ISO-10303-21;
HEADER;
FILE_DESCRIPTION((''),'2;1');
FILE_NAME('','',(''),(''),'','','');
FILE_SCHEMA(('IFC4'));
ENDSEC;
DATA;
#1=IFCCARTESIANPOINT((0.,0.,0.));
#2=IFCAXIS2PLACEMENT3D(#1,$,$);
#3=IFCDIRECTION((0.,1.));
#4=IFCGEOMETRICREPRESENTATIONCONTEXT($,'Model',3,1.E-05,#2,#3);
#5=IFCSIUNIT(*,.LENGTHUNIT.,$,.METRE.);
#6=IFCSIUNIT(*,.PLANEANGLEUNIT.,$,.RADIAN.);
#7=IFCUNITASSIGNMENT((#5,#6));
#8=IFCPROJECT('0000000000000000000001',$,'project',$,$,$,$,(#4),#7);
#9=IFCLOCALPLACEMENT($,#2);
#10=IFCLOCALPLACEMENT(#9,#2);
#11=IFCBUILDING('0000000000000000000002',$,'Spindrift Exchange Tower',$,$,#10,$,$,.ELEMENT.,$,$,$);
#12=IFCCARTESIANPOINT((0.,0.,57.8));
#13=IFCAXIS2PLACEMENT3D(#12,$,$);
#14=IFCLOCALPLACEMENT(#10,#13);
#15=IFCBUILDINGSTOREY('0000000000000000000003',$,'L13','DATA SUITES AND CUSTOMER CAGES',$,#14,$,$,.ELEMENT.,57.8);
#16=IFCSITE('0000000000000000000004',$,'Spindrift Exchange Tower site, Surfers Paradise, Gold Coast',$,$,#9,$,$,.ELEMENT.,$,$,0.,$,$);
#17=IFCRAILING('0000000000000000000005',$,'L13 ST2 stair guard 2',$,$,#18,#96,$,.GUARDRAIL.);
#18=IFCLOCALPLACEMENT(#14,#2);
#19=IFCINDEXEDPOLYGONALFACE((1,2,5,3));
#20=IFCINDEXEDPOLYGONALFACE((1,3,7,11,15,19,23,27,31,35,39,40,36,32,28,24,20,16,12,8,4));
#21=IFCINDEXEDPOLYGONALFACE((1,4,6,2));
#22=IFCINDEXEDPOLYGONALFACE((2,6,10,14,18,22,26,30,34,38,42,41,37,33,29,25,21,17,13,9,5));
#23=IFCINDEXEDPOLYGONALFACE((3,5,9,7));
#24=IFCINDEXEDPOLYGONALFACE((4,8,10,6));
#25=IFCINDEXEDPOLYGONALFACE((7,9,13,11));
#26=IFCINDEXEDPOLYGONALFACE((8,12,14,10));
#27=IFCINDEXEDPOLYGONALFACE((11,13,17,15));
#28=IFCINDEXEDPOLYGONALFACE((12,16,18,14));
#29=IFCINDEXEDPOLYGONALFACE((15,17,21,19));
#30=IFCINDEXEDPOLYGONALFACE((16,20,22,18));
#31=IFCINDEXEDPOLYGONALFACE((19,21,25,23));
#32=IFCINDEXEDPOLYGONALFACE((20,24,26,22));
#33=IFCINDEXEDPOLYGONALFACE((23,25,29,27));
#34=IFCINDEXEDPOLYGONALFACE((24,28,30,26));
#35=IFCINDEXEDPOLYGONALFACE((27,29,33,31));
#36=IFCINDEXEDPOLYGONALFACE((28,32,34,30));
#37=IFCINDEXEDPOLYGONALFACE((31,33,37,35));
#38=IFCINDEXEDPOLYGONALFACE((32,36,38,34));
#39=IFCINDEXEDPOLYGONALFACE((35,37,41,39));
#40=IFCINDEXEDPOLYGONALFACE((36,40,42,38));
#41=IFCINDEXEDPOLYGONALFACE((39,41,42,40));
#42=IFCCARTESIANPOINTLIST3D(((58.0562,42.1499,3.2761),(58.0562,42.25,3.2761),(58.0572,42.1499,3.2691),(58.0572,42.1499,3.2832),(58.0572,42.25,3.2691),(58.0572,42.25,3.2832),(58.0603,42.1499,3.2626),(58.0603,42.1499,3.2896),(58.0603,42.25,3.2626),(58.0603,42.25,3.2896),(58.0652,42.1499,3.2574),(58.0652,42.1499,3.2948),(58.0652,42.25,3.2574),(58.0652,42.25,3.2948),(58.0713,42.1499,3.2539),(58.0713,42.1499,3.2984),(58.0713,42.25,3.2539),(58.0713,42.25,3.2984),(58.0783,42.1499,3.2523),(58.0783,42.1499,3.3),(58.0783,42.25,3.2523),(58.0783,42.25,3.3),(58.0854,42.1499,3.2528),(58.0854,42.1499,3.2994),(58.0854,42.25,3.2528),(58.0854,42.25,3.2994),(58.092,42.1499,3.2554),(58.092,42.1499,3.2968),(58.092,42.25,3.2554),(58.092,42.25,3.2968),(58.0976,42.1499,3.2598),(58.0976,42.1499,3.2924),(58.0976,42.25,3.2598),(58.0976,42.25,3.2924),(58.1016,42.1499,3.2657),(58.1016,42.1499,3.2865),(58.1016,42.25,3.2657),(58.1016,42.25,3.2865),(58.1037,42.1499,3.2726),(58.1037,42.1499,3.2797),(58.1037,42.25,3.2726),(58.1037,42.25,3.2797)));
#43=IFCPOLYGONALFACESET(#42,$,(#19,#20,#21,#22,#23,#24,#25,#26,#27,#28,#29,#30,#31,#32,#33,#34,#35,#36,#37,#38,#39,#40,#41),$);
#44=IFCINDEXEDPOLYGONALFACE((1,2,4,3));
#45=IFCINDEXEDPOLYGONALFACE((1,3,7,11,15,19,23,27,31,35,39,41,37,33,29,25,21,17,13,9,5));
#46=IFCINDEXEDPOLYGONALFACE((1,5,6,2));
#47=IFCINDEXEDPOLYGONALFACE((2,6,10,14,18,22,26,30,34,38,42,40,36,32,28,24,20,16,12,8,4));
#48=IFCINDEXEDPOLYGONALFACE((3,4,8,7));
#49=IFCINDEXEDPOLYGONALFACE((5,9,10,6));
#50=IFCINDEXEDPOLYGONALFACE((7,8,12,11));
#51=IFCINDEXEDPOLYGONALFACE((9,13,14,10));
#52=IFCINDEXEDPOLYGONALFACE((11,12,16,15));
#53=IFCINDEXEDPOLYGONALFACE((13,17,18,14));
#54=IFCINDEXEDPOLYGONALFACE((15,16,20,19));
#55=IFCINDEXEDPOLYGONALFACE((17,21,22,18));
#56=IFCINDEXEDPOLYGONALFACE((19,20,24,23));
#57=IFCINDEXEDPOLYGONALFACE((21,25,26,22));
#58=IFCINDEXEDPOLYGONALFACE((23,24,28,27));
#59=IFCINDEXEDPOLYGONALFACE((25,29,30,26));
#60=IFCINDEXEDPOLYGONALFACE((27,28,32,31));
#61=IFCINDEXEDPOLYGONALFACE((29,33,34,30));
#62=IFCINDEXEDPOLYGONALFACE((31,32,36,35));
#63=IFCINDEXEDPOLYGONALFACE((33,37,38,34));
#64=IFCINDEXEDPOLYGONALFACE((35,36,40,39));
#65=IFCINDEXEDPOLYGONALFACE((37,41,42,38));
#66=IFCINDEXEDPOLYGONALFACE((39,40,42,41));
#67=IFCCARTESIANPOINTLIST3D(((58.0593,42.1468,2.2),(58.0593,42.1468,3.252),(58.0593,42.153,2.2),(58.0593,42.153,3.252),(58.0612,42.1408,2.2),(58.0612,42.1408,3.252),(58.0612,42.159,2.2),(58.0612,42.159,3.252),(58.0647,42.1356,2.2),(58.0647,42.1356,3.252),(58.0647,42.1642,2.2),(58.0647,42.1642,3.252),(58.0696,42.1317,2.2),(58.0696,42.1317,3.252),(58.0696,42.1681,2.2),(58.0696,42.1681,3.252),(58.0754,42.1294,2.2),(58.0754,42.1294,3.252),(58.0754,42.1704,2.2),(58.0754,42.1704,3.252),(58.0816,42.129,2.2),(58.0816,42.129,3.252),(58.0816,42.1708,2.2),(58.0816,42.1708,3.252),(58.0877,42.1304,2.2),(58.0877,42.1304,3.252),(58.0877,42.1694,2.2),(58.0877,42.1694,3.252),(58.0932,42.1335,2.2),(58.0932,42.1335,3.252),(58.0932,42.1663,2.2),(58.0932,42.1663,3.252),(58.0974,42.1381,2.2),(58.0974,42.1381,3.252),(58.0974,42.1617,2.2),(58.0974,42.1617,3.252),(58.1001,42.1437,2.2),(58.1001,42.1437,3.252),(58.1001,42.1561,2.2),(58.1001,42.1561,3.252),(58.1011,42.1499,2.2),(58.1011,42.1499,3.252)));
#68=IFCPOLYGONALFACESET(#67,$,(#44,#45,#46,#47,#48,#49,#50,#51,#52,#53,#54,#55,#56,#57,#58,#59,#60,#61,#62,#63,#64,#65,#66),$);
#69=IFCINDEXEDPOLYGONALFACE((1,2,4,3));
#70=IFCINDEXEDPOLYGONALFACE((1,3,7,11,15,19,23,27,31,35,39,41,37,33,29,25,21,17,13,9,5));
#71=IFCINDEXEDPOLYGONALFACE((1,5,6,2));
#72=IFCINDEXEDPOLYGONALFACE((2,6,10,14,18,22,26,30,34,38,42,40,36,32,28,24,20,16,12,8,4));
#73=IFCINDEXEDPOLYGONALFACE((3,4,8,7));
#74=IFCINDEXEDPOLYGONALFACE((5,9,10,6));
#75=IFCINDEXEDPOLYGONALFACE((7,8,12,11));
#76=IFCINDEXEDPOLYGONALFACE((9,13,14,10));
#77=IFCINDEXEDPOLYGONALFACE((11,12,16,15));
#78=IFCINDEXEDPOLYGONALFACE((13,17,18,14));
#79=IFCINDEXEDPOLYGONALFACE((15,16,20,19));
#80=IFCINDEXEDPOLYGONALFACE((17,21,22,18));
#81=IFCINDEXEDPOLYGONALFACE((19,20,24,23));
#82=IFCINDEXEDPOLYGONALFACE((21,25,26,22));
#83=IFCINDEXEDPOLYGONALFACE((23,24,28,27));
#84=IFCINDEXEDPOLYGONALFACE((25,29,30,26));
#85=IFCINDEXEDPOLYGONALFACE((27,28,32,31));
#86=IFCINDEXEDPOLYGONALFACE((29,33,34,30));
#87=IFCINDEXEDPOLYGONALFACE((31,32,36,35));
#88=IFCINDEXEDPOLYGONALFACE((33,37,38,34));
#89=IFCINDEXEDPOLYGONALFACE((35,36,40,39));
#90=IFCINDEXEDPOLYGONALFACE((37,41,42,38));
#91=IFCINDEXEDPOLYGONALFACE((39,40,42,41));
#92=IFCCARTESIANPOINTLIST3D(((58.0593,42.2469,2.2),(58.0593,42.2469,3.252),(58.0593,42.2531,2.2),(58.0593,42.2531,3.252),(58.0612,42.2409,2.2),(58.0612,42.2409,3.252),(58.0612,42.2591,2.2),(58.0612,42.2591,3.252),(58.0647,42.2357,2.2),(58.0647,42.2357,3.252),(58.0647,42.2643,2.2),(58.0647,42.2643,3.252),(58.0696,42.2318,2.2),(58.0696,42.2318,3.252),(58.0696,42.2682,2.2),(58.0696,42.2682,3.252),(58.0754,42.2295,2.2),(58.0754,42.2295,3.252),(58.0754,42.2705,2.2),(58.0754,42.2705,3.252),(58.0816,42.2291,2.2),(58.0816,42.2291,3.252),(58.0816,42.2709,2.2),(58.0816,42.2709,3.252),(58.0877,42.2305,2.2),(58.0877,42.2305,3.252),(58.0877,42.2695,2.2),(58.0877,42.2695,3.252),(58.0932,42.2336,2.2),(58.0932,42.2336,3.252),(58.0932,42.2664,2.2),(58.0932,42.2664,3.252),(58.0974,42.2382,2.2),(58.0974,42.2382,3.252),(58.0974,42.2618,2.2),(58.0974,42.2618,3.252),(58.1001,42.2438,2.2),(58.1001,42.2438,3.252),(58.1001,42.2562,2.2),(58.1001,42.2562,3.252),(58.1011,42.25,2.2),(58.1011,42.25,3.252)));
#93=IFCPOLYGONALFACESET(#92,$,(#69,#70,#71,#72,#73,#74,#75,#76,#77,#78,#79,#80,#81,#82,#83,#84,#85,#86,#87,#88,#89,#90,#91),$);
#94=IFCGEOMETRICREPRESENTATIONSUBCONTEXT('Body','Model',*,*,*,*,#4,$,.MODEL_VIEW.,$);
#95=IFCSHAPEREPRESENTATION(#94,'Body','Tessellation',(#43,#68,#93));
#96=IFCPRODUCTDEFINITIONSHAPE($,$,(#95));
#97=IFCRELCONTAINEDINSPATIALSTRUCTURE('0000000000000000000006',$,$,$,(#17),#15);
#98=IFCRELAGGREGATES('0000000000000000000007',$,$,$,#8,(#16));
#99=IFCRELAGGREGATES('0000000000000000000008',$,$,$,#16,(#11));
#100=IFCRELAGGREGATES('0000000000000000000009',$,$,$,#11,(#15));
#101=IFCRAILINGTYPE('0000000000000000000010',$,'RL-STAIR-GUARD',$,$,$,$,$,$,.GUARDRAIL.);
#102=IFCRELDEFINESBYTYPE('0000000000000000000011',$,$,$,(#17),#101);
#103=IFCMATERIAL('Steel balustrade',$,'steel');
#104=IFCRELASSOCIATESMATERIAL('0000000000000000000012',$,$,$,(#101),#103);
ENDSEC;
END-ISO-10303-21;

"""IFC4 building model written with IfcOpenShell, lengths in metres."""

from ifc_helpers import new_model, si_unit, direction, frame, origin, origin_2d, place, context, subcontext, project, spatial, circle, extrude, material, type_object, element, save


model = new_model("IFC4")

# Units and contexts
model_context = context("Model", 3, precision=1e-05, world=origin(), true_north=direction((0.0, 1.0)))
body_context = subcontext(model_context, "Body", "Model", "MODEL_VIEW")
ifc_project = project(units=[si_unit("LENGTHUNIT", "METRE"), si_unit("PLANEANGLEUNIT", "RADIAN")], contexts=[model_context])

# Site, building, storey
site_placement = place(None, origin())
site = spatial("IfcSite", under=ifc_project, at=site_placement, Name="Spindrift Exchange Tower site, Surfers Paradise, Gold Coast", CompositionType="ELEMENT", RefElevation=0.0)
building_placement = place(site_placement, origin())
building = spatial("IfcBuilding", under=site, at=building_placement, Name="Spindrift Exchange Tower", CompositionType="ELEMENT")
storey_placement = place(building_placement, frame((0.0, 0.0, 57.8)))
storey = spatial("IfcBuildingStorey", under=building, at=storey_placement, Name="L13", Description="DATA SUITES AND CUSTOMER CAGES", CompositionType="ELEMENT", Elevation=57.8)

# Railing
ifc_material_1 = material(Name="Steel balustrade", Category="steel")
railing_type_1 = type_object("IfcRailingType", Name="RL-STAIR-GUARD", PredefinedType="GUARDRAIL", material=ifc_material_1)
railing_1_placement = place(storey_placement, frame((58.0801, 42.1499, 2.2)))
element("IfcRailing", 1, at=railing_1_placement, inside=storey, type_object=railing_type_1, Name="L13 ST2 stair guard 2", PredefinedType="GUARDRAIL", context=body_context, shape_type="SweptSolid", body=[
    extrude(circle(Radius=0.0239, at=origin_2d()), frame((0.0, 0.0, 1.0762), z_axis=(0.0, 1.0, 0.0), x_axis=(-1.0, 0.0, 0.0)), (0.0, 0.0, 1.0), 0.1001),
    extrude(circle(Radius=0.021, at=origin_2d()), origin(), (0.0, 0.0, 1.0), 1.052),
    extrude(circle(Radius=0.021, at=origin_2d()), frame((0.0, 0.1001, 0.0)), (0.0, 0.0, 1.0), 1.052),
])

save(model, "model.ifc")
